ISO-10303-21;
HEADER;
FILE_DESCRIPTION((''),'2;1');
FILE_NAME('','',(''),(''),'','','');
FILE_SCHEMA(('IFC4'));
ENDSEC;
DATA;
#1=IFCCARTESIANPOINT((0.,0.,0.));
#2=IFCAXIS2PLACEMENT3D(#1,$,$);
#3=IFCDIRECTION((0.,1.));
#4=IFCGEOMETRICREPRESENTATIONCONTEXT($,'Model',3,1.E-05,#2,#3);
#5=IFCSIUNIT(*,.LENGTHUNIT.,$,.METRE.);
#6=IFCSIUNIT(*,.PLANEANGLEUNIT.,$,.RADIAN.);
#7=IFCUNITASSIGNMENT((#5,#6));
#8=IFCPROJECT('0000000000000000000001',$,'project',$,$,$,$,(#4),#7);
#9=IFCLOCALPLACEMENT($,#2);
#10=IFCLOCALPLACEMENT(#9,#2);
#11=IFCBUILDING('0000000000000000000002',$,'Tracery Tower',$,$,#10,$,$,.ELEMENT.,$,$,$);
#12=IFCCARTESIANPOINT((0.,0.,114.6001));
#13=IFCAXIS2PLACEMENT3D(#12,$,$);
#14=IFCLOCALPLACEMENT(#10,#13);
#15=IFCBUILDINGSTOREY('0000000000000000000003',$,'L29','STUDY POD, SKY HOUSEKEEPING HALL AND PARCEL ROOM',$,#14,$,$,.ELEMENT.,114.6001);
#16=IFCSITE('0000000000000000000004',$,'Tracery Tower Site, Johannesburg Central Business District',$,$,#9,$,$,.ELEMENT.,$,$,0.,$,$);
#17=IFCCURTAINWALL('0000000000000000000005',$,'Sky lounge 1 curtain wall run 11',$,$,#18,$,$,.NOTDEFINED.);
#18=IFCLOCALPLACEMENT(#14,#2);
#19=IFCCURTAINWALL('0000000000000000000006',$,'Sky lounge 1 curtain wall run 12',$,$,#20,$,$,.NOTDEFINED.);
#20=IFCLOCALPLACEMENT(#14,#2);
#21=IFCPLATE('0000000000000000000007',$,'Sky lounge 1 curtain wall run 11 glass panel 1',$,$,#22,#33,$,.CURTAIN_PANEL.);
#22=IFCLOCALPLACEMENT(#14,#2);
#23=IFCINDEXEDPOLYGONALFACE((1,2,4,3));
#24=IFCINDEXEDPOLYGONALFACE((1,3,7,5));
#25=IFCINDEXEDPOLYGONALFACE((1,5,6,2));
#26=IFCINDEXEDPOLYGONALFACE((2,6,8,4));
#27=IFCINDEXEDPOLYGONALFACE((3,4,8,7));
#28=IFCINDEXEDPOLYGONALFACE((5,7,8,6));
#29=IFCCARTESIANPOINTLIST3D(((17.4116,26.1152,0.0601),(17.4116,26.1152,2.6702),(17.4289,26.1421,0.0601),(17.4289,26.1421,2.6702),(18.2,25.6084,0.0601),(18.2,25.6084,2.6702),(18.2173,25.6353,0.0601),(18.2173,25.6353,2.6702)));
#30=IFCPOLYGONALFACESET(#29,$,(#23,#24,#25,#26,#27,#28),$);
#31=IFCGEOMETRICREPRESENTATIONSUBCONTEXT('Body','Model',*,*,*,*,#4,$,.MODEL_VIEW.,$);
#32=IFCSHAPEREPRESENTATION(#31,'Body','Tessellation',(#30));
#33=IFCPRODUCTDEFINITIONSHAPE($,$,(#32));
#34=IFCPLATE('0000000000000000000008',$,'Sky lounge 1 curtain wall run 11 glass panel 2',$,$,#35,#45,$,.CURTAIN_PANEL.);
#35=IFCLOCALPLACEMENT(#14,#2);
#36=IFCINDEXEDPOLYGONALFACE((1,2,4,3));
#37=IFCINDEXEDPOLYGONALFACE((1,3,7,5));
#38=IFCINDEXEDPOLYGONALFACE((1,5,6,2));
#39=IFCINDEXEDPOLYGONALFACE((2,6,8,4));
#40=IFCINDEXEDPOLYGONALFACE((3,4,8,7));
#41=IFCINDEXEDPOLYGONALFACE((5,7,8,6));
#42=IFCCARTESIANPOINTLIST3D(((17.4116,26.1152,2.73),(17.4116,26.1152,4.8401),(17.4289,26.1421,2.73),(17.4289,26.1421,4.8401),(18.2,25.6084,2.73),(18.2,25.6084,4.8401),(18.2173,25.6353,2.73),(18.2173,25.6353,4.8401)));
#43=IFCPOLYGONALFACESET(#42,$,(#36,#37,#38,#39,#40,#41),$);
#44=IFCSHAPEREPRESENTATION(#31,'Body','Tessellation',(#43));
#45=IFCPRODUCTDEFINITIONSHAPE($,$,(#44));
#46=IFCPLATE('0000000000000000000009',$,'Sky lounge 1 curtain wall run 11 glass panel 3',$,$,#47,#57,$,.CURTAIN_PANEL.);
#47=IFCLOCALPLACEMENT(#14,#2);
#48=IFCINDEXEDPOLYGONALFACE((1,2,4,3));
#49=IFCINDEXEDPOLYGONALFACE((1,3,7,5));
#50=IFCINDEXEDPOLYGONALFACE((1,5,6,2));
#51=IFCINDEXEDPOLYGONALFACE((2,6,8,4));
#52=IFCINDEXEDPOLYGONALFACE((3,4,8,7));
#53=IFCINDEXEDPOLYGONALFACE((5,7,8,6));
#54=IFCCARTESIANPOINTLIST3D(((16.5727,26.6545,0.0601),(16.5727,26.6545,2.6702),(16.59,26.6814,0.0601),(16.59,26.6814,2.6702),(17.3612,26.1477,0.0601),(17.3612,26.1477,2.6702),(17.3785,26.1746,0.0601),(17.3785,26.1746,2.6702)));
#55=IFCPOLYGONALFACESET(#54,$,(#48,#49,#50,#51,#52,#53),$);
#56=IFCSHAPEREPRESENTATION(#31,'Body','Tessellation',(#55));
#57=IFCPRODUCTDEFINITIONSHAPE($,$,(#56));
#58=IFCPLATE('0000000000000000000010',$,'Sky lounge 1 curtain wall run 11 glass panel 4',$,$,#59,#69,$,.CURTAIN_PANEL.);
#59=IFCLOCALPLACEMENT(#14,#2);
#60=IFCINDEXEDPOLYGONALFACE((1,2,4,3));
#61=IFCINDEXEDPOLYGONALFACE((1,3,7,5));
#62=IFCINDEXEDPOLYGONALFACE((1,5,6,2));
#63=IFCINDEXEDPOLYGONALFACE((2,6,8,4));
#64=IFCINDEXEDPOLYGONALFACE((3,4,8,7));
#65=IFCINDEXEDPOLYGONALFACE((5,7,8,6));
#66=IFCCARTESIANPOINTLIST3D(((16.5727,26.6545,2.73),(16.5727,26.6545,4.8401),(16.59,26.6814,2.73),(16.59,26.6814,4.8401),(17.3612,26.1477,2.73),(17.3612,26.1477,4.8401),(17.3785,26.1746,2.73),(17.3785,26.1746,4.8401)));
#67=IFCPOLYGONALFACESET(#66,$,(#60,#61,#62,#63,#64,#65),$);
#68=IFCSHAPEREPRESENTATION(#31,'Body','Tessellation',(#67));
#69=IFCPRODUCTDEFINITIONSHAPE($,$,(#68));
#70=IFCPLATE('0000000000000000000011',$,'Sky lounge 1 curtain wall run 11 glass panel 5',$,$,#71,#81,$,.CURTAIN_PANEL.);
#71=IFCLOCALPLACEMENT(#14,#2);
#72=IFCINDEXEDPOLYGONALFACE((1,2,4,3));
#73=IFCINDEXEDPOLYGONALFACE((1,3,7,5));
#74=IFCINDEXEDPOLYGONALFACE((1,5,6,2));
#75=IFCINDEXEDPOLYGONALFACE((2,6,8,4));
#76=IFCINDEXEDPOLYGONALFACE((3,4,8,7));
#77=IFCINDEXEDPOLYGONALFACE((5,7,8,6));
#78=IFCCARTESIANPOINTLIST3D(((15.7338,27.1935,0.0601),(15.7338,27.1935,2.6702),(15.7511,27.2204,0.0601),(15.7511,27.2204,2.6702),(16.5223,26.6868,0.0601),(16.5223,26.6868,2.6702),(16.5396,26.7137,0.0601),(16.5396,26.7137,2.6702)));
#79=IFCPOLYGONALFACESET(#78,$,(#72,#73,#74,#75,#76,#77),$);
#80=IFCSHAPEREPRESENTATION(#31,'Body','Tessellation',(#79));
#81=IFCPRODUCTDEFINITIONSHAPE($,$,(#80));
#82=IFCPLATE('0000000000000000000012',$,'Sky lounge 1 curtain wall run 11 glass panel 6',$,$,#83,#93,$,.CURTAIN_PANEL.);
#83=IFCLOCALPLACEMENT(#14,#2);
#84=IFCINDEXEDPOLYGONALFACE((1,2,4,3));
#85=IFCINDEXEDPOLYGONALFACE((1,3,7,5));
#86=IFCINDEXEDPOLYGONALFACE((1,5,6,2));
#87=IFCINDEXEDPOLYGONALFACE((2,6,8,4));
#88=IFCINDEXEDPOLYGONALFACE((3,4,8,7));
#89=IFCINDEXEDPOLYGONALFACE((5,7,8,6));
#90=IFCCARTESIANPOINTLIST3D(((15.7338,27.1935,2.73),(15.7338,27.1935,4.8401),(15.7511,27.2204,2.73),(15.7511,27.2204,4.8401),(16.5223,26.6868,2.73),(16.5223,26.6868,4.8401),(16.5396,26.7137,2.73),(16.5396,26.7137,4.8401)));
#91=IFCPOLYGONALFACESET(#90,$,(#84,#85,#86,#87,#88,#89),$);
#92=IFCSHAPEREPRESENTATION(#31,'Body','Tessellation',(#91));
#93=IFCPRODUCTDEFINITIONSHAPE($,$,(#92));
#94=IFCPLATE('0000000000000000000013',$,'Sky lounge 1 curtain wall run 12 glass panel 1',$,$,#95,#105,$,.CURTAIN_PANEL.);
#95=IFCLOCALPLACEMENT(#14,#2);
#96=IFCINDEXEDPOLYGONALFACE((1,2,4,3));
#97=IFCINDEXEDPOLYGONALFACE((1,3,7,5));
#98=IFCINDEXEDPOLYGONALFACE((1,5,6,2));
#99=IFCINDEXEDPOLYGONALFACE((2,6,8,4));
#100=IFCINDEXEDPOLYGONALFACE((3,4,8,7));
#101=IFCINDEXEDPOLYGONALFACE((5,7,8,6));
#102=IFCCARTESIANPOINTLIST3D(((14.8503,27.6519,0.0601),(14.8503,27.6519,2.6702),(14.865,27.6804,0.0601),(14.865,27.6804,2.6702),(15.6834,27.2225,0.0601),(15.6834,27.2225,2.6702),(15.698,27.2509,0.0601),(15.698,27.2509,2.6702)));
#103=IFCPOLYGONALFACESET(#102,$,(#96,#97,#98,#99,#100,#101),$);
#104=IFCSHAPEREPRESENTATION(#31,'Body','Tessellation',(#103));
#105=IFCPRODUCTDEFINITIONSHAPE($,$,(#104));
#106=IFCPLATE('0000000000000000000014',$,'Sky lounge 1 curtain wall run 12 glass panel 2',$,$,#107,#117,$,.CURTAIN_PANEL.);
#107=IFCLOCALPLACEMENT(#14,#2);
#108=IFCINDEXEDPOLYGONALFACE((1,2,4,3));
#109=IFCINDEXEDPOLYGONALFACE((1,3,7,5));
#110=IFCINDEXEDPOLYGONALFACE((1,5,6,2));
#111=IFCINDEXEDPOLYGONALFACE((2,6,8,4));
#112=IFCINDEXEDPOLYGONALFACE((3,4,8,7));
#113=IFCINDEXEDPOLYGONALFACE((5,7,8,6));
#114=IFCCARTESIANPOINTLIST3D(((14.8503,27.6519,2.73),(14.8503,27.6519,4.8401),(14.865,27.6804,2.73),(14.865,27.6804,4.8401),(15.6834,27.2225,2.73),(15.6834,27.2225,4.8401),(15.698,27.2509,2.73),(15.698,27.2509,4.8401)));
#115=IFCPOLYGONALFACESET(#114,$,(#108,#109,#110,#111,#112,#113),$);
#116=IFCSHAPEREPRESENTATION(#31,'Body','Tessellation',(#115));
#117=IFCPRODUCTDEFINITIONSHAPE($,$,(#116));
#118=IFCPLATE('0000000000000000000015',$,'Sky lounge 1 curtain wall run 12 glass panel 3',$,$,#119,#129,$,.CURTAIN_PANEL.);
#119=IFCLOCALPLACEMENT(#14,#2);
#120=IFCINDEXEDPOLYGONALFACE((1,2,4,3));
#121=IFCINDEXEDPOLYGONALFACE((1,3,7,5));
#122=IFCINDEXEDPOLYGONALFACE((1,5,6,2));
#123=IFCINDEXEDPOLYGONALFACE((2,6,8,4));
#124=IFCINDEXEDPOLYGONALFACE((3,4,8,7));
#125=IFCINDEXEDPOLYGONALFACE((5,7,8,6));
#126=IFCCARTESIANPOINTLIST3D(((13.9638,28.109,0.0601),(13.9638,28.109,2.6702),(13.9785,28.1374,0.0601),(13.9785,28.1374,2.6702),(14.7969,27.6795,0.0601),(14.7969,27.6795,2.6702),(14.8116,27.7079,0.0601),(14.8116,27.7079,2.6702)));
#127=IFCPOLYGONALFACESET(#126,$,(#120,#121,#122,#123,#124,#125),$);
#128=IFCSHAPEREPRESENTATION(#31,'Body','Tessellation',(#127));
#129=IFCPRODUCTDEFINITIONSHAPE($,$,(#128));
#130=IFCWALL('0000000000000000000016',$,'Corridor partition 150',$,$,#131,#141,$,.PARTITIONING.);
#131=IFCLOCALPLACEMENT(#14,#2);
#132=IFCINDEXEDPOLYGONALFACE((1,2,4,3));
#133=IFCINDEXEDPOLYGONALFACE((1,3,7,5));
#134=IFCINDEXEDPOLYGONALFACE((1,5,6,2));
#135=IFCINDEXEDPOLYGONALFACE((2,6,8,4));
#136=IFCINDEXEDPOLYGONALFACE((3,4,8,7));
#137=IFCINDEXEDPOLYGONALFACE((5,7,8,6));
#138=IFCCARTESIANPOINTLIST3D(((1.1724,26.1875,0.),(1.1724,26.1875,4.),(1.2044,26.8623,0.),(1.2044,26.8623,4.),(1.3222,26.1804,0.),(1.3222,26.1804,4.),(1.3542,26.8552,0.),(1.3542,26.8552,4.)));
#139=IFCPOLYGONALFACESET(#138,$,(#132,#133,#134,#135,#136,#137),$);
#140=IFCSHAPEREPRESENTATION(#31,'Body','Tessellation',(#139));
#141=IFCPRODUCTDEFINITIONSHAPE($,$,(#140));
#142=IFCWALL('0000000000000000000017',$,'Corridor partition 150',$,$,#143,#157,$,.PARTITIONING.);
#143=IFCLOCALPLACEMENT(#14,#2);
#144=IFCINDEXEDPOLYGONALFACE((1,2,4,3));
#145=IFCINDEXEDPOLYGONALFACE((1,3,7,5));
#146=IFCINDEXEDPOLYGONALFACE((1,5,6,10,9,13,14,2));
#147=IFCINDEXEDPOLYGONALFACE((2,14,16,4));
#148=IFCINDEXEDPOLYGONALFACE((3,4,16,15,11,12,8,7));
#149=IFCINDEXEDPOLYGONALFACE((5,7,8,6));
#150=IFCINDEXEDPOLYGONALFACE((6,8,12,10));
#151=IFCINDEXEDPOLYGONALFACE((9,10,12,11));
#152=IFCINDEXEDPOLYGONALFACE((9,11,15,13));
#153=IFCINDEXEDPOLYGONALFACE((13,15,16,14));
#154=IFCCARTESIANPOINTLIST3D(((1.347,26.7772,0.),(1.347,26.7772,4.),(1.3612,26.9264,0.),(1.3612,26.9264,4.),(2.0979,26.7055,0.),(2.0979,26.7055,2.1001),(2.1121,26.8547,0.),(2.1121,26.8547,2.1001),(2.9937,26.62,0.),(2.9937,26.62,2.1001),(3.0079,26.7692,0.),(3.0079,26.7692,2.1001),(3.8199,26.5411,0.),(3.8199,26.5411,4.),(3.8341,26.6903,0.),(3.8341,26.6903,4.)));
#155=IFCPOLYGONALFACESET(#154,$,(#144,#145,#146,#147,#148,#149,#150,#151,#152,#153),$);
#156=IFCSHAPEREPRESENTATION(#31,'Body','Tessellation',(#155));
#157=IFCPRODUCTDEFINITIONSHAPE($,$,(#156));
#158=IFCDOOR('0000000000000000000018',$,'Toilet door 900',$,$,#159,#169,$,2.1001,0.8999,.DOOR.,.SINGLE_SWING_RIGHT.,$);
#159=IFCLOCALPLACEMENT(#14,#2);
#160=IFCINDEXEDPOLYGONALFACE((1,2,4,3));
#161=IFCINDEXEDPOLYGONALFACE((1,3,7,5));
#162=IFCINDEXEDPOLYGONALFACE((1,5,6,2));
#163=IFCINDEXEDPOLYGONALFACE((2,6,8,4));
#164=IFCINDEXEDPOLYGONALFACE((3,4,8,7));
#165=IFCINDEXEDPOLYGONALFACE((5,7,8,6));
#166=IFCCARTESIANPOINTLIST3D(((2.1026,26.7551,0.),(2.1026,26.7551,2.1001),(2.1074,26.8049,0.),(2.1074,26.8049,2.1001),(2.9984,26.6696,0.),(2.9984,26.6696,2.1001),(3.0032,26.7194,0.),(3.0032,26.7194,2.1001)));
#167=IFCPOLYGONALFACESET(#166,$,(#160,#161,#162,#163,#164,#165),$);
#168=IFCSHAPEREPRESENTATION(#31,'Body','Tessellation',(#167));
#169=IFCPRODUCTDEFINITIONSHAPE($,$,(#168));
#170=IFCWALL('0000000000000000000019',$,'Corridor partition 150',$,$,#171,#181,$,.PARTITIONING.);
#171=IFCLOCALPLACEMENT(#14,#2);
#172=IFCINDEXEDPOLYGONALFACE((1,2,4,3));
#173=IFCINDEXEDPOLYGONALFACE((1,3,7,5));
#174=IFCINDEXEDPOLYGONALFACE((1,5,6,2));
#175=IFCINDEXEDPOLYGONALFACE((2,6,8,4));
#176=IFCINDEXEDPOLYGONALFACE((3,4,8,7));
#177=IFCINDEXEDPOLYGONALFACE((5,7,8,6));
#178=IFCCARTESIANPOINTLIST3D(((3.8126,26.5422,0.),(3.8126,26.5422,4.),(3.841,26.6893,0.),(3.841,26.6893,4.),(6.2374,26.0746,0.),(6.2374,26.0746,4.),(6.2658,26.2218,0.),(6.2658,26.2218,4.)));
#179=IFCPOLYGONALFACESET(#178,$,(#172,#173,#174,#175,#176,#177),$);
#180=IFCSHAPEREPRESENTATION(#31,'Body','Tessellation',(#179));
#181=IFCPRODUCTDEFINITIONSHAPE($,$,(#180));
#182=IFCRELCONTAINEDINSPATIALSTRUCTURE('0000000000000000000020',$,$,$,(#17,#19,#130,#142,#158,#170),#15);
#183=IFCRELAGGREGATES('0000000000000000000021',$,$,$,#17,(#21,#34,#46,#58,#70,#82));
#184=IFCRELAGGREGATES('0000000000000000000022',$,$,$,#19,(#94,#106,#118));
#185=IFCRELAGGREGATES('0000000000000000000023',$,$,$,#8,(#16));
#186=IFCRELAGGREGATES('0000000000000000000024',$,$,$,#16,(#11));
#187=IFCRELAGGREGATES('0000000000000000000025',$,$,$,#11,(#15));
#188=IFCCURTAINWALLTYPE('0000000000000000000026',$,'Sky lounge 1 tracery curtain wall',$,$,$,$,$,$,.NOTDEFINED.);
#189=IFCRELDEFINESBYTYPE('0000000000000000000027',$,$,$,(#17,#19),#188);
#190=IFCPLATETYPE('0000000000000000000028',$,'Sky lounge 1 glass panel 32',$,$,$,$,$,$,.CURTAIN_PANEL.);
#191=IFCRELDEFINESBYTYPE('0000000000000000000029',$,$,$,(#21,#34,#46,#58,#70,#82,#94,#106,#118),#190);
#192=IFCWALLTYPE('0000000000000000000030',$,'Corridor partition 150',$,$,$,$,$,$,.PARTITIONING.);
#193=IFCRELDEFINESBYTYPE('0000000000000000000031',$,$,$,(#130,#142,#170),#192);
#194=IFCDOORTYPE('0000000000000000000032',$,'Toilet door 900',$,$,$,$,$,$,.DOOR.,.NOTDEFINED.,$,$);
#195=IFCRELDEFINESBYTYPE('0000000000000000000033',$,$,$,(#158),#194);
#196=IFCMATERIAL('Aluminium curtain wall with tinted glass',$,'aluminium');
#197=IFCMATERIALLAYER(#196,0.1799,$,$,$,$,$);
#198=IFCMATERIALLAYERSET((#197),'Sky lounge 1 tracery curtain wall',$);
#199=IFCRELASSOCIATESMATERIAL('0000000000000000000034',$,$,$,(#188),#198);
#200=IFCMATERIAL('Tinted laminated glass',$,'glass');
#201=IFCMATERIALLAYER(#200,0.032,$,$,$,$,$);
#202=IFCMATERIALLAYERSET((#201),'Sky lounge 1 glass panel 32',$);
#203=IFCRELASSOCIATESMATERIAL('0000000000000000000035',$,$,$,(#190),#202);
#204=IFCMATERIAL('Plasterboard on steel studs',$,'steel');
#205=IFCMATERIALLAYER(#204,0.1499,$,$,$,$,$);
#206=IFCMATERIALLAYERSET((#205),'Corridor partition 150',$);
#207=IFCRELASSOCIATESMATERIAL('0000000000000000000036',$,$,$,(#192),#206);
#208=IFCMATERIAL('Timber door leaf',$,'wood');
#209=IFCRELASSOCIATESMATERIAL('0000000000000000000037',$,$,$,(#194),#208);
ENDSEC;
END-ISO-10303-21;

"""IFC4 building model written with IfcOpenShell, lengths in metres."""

from ifc_helpers import new_model, si_unit, direction, frame, frame_2d, origin, origin_2d, place, context, subcontext, project, spatial, rectangle, extrude, material, layer, layer_set, type_object, element, fill, aggregate, save


model = new_model("IFC4")

# Units and contexts
model_context = context("Model", 3, precision=1e-05, world=origin(), true_north=direction((0.0, 1.0)))
body_context = subcontext(model_context, "Body", "Model", "MODEL_VIEW")
ifc_project = project(units=[si_unit("LENGTHUNIT", "METRE"), si_unit("PLANEANGLEUNIT", "RADIAN")], contexts=[model_context])

# Site, building, storey
site_placement = place(None, origin())
site = spatial("IfcSite", under=ifc_project, at=site_placement, Name="Tracery Tower Site, Johannesburg Central Business District", CompositionType="ELEMENT", RefElevation=0.0)
building_placement = place(site_placement, origin())
building = spatial("IfcBuilding", under=site, at=building_placement, Name="Tracery Tower", CompositionType="ELEMENT")
storey_placement = place(building_placement, frame((0.0, 0.0, 114.6001)))
storey = spatial("IfcBuildingStorey", under=building, at=storey_placement, Name="L29", Description="STUDY POD, SKY HOUSEKEEPING HALL AND PARCEL ROOM", CompositionType="ELEMENT", Elevation=114.6001)

# Shared definitions
ifc_material_1 = material(Name="Aluminium curtain wall with tinted glass", Category="aluminium")
ifc_layer_1 = layer(ifc_material_1, 0.1799)
ifc_layer_set_1 = layer_set([ifc_layer_1], Name="Sky lounge 1 tracery curtain wall")
curtain_wall_type = type_object("IfcCurtainWallType", Name="Sky lounge 1 tracery curtain wall", PredefinedType="NOTDEFINED", material=ifc_layer_set_1)

# Curtain walls
curtain_wall_1_placement = place(storey_placement, origin())
curtain_wall_1 = element("IfcCurtainWall", 1, at=curtain_wall_1_placement, inside=storey, type_object=curtain_wall_type, Name="Sky lounge 1 curtain wall run 11", PredefinedType="NOTDEFINED")
curtain_wall_2_placement = place(storey_placement, origin())
curtain_wall_2 = element("IfcCurtainWall", 2, at=curtain_wall_2_placement, inside=storey, type_object=curtain_wall_type, Name="Sky lounge 1 curtain wall run 12", PredefinedType="NOTDEFINED")

# Plates
ifc_material_2 = material(Name="Tinted laminated glass", Category="glass")
ifc_layer_2 = layer(ifc_material_2, 0.032)
ifc_layer_set_2 = layer_set([ifc_layer_2], Name="Sky lounge 1 glass panel 32")
plate_type = type_object("IfcPlateType", Name="Sky lounge 1 glass panel 32", PredefinedType="CURTAIN_PANEL", material=ifc_layer_set_2)
plate_1_placement = place(storey_placement, frame((17.8145, 25.8752, 0.0601), z_axis=(0.0, 0.0, 1.0), x_axis=(-0.841254, 0.540641, 0.0)))
plate_1 = element("IfcPlate", 3, at=plate_1_placement, type_object=plate_type, Name="Sky lounge 1 curtain wall run 11 glass panel 1", PredefinedType="CURTAIN_PANEL", context=body_context, shape_type="SweptSolid", body=[
    extrude(rectangle(XDim=0.9373, YDim=0.032, at=origin_2d()), origin(), (0.0, 0.0, 1.0), 2.6101),
])
plate_2_placement = place(storey_placement, frame((17.8145, 25.8752, 2.73), z_axis=(0.0, 0.0, 1.0), x_axis=(-0.841254, 0.540641, 0.0)))
plate_2 = element("IfcPlate", 4, at=plate_2_placement, type_object=plate_type, Name="Sky lounge 1 curtain wall run 11 glass panel 2", PredefinedType="CURTAIN_PANEL", context=body_context, shape_type="SweptSolid", body=[
    extrude(rectangle(XDim=0.9373, YDim=0.032, at=origin_2d()), origin(), (0.0, 0.0, 1.0), 2.1101),
])
plate_3_placement = place(storey_placement, frame((16.9756, 26.4146, 0.0601), z_axis=(0.0, 0.0, 1.0), x_axis=(-0.841254, 0.540641, 0.0)))
plate_3 = element("IfcPlate", 5, at=plate_3_placement, type_object=plate_type, Name="Sky lounge 1 curtain wall run 11 glass panel 3", PredefinedType="CURTAIN_PANEL", context=body_context, shape_type="SweptSolid", body=[
    extrude(rectangle(XDim=0.9373, YDim=0.032, at=origin_2d()), origin(), (0.0, 0.0, 1.0), 2.6101),
])
plate_4_placement = place(storey_placement, frame((16.9756, 26.4146, 2.73), z_axis=(0.0, 0.0, 1.0), x_axis=(-0.841254, 0.540641, 0.0)))
plate_4 = element("IfcPlate", 6, at=plate_4_placement, type_object=plate_type, Name="Sky lounge 1 curtain wall run 11 glass panel 4", PredefinedType="CURTAIN_PANEL", context=body_context, shape_type="SweptSolid", body=[
    extrude(rectangle(XDim=0.9373, YDim=0.032, at=origin_2d()), origin(), (0.0, 0.0, 1.0), 2.1101),
])
plate_5_placement = place(storey_placement, frame((16.1367, 26.9536, 0.0601), z_axis=(0.0, 0.0, 1.0), x_axis=(-0.841254, 0.540641, 0.0)))
plate_5 = element("IfcPlate", 7, at=plate_5_placement, type_object=plate_type, Name="Sky lounge 1 curtain wall run 11 glass panel 5", PredefinedType="CURTAIN_PANEL", context=body_context, shape_type="SweptSolid", body=[
    extrude(rectangle(XDim=0.9373, YDim=0.032, at=origin_2d()), origin(), (0.0, 0.0, 1.0), 2.6101),
])
plate_6_placement = place(storey_placement, frame((16.1367, 26.9536, 2.73), z_axis=(0.0, 0.0, 1.0), x_axis=(-0.841254, 0.540641, 0.0)))
plate_6 = element("IfcPlate", 8, at=plate_6_placement, type_object=plate_type, Name="Sky lounge 1 curtain wall run 11 glass panel 6", PredefinedType="CURTAIN_PANEL", context=body_context, shape_type="SweptSolid", body=[
    extrude(rectangle(XDim=0.9373, YDim=0.032, at=origin_2d()), origin(), (0.0, 0.0, 1.0), 2.1101),
])
aggregate(curtain_wall_1, [plate_1, plate_2, plate_3, plate_4, plate_5, plate_6])
plate_7_placement = place(storey_placement, frame((15.2742, 27.4514, 0.0601), z_axis=(0.0, 0.0, 1.0), x_axis=(-0.888835, 0.458227, 0.0)))
plate_7 = element("IfcPlate", 9, at=plate_7_placement, type_object=plate_type, Name="Sky lounge 1 curtain wall run 12 glass panel 1", PredefinedType="CURTAIN_PANEL", context=body_context, shape_type="SweptSolid", body=[
    extrude(rectangle(XDim=0.9373, YDim=0.032, at=origin_2d()), origin(), (0.0, 0.0, 1.0), 2.6101),
])
plate_8_placement = place(storey_placement, frame((15.2742, 27.4514, 2.73), z_axis=(0.0, 0.0, 1.0), x_axis=(-0.888835, 0.458227, 0.0)))
plate_8 = element("IfcPlate", 10, at=plate_8_placement, type_object=plate_type, Name="Sky lounge 1 curtain wall run 12 glass panel 2", PredefinedType="CURTAIN_PANEL", context=body_context, shape_type="SweptSolid", body=[
    extrude(rectangle(XDim=0.9373, YDim=0.032, at=origin_2d()), origin(), (0.0, 0.0, 1.0), 2.1101),
])
plate_9_placement = place(storey_placement, frame((14.3877, 27.9084, 0.0601), z_axis=(0.0, 0.0, 1.0), x_axis=(-0.888835, 0.458227, 0.0)))
plate_9 = element("IfcPlate", 11, at=plate_9_placement, type_object=plate_type, Name="Sky lounge 1 curtain wall run 12 glass panel 3", PredefinedType="CURTAIN_PANEL", context=body_context, shape_type="SweptSolid", body=[
    extrude(rectangle(XDim=0.9373, YDim=0.032, at=origin_2d()), origin(), (0.0, 0.0, 1.0), 2.6101),
])
aggregate(curtain_wall_2, [plate_7, plate_8, plate_9])

# Wall
ifc_material_3 = material(Name="Plasterboard on steel studs", Category="steel")
ifc_layer_3 = layer(ifc_material_3, 0.1499)
ifc_layer_set_3 = layer_set([ifc_layer_3], Name="Corridor partition 150")
wall_type_1 = type_object("IfcWallType", Name="Corridor partition 150", PredefinedType="PARTITIONING", material=ifc_layer_set_3)
wall_1_placement = place(storey_placement, frame((1.2793, 26.8589, 0.0), z_axis=(0.0, 0.0, 1.0), x_axis=(-0.047342, -0.998879, 0.0)))
element("IfcWall", 12, at=wall_1_placement, inside=storey, type_object=wall_type_1, Name="Corridor partition 150", PredefinedType="PARTITIONING", context=body_context, shape_type="SweptSolid", body=[
    extrude(rectangle(XDim=0.6755, YDim=0.1499, at=frame_2d((0.3379, 0.0))), origin(), (0.0, 0.0, 1.0), 4.0),
])

# Wall, opening, door
wall_2_placement = place(storey_placement, frame((1.354, 26.8518, 0.0), z_axis=(0.0, 0.0, 1.0), x_axis=(0.995474, -0.095036, 0.0)))
wall_2 = element("IfcWall", 13, at=wall_2_placement, inside=storey, type_object=wall_type_1, Name="Corridor partition 150", PredefinedType="PARTITIONING", context=body_context, shape_type="SweptSolid", body=[
    extrude(rectangle(XDim=2.4841, YDim=0.1499, at=frame_2d((1.2422, 0.0))), origin(), (0.0, 0.0, 1.0), 4.0),
])
opening_1_placement = place(wall_2_placement, frame((0.7544, 0.0, 0.0)))
opening_1 = element("IfcOpeningElement", 14, at=opening_1_placement, cuts=wall_2, PredefinedType="OPENING", context=body_context, shape_type="SweptSolid", body=[
    extrude(rectangle(XDim=0.8999, YDim=2.1001, at=frame_2d((0.45, 1.05))), frame((0.0, 0.075, 0.0), z_axis=(0.0, -1.0, 0.0), x_axis=(1.0, 0.0, 0.0)), (0.0, 0.0, 1.0), 0.1499),
])
ifc_material_4 = material(Name="Timber door leaf", Category="wood")
door_type_1 = type_object("IfcDoorType", Name="Toilet door 900", OperationType="NOTDEFINED", PredefinedType="DOOR", material=ifc_material_4)
door_1_placement = place(opening_1_placement, origin())
door_1 = element("IfcDoor", 15, at=door_1_placement, inside=storey, type_object=door_type_1, Name="Toilet door 900", OperationType="SINGLE_SWING_RIGHT", OverallHeight=2.1001, OverallWidth=0.8999, PredefinedType="DOOR", context=body_context, shape_type="SweptSolid", body=[
    extrude(rectangle(XDim=0.8999, YDim=2.1001, at=frame_2d((0.45, 1.05))), frame((0.0, 0.0249, 0.0), z_axis=(0.0, -1.0, 0.0), x_axis=(1.0, 0.0, 0.0)), (0.0, 0.0, 1.0), 0.05),
])
fill(opening_1, door_1)

# Wall
wall_3_placement = place(storey_placement, frame((6.2517, 26.1482, 0.0), z_axis=(0.0, 0.0, 1.0), x_axis=(-0.981915, 0.189324, 0.0)))
element("IfcWall", 16, at=wall_3_placement, inside=storey, type_object=wall_type_1, Name="Corridor partition 150", PredefinedType="PARTITIONING", context=body_context, shape_type="SweptSolid", body=[
    extrude(rectangle(XDim=2.4695, YDim=0.1499, at=frame_2d((1.2349, 0.0))), origin(), (0.0, 0.0, 1.0), 4.0),
])

save(model, "model.ifc")
